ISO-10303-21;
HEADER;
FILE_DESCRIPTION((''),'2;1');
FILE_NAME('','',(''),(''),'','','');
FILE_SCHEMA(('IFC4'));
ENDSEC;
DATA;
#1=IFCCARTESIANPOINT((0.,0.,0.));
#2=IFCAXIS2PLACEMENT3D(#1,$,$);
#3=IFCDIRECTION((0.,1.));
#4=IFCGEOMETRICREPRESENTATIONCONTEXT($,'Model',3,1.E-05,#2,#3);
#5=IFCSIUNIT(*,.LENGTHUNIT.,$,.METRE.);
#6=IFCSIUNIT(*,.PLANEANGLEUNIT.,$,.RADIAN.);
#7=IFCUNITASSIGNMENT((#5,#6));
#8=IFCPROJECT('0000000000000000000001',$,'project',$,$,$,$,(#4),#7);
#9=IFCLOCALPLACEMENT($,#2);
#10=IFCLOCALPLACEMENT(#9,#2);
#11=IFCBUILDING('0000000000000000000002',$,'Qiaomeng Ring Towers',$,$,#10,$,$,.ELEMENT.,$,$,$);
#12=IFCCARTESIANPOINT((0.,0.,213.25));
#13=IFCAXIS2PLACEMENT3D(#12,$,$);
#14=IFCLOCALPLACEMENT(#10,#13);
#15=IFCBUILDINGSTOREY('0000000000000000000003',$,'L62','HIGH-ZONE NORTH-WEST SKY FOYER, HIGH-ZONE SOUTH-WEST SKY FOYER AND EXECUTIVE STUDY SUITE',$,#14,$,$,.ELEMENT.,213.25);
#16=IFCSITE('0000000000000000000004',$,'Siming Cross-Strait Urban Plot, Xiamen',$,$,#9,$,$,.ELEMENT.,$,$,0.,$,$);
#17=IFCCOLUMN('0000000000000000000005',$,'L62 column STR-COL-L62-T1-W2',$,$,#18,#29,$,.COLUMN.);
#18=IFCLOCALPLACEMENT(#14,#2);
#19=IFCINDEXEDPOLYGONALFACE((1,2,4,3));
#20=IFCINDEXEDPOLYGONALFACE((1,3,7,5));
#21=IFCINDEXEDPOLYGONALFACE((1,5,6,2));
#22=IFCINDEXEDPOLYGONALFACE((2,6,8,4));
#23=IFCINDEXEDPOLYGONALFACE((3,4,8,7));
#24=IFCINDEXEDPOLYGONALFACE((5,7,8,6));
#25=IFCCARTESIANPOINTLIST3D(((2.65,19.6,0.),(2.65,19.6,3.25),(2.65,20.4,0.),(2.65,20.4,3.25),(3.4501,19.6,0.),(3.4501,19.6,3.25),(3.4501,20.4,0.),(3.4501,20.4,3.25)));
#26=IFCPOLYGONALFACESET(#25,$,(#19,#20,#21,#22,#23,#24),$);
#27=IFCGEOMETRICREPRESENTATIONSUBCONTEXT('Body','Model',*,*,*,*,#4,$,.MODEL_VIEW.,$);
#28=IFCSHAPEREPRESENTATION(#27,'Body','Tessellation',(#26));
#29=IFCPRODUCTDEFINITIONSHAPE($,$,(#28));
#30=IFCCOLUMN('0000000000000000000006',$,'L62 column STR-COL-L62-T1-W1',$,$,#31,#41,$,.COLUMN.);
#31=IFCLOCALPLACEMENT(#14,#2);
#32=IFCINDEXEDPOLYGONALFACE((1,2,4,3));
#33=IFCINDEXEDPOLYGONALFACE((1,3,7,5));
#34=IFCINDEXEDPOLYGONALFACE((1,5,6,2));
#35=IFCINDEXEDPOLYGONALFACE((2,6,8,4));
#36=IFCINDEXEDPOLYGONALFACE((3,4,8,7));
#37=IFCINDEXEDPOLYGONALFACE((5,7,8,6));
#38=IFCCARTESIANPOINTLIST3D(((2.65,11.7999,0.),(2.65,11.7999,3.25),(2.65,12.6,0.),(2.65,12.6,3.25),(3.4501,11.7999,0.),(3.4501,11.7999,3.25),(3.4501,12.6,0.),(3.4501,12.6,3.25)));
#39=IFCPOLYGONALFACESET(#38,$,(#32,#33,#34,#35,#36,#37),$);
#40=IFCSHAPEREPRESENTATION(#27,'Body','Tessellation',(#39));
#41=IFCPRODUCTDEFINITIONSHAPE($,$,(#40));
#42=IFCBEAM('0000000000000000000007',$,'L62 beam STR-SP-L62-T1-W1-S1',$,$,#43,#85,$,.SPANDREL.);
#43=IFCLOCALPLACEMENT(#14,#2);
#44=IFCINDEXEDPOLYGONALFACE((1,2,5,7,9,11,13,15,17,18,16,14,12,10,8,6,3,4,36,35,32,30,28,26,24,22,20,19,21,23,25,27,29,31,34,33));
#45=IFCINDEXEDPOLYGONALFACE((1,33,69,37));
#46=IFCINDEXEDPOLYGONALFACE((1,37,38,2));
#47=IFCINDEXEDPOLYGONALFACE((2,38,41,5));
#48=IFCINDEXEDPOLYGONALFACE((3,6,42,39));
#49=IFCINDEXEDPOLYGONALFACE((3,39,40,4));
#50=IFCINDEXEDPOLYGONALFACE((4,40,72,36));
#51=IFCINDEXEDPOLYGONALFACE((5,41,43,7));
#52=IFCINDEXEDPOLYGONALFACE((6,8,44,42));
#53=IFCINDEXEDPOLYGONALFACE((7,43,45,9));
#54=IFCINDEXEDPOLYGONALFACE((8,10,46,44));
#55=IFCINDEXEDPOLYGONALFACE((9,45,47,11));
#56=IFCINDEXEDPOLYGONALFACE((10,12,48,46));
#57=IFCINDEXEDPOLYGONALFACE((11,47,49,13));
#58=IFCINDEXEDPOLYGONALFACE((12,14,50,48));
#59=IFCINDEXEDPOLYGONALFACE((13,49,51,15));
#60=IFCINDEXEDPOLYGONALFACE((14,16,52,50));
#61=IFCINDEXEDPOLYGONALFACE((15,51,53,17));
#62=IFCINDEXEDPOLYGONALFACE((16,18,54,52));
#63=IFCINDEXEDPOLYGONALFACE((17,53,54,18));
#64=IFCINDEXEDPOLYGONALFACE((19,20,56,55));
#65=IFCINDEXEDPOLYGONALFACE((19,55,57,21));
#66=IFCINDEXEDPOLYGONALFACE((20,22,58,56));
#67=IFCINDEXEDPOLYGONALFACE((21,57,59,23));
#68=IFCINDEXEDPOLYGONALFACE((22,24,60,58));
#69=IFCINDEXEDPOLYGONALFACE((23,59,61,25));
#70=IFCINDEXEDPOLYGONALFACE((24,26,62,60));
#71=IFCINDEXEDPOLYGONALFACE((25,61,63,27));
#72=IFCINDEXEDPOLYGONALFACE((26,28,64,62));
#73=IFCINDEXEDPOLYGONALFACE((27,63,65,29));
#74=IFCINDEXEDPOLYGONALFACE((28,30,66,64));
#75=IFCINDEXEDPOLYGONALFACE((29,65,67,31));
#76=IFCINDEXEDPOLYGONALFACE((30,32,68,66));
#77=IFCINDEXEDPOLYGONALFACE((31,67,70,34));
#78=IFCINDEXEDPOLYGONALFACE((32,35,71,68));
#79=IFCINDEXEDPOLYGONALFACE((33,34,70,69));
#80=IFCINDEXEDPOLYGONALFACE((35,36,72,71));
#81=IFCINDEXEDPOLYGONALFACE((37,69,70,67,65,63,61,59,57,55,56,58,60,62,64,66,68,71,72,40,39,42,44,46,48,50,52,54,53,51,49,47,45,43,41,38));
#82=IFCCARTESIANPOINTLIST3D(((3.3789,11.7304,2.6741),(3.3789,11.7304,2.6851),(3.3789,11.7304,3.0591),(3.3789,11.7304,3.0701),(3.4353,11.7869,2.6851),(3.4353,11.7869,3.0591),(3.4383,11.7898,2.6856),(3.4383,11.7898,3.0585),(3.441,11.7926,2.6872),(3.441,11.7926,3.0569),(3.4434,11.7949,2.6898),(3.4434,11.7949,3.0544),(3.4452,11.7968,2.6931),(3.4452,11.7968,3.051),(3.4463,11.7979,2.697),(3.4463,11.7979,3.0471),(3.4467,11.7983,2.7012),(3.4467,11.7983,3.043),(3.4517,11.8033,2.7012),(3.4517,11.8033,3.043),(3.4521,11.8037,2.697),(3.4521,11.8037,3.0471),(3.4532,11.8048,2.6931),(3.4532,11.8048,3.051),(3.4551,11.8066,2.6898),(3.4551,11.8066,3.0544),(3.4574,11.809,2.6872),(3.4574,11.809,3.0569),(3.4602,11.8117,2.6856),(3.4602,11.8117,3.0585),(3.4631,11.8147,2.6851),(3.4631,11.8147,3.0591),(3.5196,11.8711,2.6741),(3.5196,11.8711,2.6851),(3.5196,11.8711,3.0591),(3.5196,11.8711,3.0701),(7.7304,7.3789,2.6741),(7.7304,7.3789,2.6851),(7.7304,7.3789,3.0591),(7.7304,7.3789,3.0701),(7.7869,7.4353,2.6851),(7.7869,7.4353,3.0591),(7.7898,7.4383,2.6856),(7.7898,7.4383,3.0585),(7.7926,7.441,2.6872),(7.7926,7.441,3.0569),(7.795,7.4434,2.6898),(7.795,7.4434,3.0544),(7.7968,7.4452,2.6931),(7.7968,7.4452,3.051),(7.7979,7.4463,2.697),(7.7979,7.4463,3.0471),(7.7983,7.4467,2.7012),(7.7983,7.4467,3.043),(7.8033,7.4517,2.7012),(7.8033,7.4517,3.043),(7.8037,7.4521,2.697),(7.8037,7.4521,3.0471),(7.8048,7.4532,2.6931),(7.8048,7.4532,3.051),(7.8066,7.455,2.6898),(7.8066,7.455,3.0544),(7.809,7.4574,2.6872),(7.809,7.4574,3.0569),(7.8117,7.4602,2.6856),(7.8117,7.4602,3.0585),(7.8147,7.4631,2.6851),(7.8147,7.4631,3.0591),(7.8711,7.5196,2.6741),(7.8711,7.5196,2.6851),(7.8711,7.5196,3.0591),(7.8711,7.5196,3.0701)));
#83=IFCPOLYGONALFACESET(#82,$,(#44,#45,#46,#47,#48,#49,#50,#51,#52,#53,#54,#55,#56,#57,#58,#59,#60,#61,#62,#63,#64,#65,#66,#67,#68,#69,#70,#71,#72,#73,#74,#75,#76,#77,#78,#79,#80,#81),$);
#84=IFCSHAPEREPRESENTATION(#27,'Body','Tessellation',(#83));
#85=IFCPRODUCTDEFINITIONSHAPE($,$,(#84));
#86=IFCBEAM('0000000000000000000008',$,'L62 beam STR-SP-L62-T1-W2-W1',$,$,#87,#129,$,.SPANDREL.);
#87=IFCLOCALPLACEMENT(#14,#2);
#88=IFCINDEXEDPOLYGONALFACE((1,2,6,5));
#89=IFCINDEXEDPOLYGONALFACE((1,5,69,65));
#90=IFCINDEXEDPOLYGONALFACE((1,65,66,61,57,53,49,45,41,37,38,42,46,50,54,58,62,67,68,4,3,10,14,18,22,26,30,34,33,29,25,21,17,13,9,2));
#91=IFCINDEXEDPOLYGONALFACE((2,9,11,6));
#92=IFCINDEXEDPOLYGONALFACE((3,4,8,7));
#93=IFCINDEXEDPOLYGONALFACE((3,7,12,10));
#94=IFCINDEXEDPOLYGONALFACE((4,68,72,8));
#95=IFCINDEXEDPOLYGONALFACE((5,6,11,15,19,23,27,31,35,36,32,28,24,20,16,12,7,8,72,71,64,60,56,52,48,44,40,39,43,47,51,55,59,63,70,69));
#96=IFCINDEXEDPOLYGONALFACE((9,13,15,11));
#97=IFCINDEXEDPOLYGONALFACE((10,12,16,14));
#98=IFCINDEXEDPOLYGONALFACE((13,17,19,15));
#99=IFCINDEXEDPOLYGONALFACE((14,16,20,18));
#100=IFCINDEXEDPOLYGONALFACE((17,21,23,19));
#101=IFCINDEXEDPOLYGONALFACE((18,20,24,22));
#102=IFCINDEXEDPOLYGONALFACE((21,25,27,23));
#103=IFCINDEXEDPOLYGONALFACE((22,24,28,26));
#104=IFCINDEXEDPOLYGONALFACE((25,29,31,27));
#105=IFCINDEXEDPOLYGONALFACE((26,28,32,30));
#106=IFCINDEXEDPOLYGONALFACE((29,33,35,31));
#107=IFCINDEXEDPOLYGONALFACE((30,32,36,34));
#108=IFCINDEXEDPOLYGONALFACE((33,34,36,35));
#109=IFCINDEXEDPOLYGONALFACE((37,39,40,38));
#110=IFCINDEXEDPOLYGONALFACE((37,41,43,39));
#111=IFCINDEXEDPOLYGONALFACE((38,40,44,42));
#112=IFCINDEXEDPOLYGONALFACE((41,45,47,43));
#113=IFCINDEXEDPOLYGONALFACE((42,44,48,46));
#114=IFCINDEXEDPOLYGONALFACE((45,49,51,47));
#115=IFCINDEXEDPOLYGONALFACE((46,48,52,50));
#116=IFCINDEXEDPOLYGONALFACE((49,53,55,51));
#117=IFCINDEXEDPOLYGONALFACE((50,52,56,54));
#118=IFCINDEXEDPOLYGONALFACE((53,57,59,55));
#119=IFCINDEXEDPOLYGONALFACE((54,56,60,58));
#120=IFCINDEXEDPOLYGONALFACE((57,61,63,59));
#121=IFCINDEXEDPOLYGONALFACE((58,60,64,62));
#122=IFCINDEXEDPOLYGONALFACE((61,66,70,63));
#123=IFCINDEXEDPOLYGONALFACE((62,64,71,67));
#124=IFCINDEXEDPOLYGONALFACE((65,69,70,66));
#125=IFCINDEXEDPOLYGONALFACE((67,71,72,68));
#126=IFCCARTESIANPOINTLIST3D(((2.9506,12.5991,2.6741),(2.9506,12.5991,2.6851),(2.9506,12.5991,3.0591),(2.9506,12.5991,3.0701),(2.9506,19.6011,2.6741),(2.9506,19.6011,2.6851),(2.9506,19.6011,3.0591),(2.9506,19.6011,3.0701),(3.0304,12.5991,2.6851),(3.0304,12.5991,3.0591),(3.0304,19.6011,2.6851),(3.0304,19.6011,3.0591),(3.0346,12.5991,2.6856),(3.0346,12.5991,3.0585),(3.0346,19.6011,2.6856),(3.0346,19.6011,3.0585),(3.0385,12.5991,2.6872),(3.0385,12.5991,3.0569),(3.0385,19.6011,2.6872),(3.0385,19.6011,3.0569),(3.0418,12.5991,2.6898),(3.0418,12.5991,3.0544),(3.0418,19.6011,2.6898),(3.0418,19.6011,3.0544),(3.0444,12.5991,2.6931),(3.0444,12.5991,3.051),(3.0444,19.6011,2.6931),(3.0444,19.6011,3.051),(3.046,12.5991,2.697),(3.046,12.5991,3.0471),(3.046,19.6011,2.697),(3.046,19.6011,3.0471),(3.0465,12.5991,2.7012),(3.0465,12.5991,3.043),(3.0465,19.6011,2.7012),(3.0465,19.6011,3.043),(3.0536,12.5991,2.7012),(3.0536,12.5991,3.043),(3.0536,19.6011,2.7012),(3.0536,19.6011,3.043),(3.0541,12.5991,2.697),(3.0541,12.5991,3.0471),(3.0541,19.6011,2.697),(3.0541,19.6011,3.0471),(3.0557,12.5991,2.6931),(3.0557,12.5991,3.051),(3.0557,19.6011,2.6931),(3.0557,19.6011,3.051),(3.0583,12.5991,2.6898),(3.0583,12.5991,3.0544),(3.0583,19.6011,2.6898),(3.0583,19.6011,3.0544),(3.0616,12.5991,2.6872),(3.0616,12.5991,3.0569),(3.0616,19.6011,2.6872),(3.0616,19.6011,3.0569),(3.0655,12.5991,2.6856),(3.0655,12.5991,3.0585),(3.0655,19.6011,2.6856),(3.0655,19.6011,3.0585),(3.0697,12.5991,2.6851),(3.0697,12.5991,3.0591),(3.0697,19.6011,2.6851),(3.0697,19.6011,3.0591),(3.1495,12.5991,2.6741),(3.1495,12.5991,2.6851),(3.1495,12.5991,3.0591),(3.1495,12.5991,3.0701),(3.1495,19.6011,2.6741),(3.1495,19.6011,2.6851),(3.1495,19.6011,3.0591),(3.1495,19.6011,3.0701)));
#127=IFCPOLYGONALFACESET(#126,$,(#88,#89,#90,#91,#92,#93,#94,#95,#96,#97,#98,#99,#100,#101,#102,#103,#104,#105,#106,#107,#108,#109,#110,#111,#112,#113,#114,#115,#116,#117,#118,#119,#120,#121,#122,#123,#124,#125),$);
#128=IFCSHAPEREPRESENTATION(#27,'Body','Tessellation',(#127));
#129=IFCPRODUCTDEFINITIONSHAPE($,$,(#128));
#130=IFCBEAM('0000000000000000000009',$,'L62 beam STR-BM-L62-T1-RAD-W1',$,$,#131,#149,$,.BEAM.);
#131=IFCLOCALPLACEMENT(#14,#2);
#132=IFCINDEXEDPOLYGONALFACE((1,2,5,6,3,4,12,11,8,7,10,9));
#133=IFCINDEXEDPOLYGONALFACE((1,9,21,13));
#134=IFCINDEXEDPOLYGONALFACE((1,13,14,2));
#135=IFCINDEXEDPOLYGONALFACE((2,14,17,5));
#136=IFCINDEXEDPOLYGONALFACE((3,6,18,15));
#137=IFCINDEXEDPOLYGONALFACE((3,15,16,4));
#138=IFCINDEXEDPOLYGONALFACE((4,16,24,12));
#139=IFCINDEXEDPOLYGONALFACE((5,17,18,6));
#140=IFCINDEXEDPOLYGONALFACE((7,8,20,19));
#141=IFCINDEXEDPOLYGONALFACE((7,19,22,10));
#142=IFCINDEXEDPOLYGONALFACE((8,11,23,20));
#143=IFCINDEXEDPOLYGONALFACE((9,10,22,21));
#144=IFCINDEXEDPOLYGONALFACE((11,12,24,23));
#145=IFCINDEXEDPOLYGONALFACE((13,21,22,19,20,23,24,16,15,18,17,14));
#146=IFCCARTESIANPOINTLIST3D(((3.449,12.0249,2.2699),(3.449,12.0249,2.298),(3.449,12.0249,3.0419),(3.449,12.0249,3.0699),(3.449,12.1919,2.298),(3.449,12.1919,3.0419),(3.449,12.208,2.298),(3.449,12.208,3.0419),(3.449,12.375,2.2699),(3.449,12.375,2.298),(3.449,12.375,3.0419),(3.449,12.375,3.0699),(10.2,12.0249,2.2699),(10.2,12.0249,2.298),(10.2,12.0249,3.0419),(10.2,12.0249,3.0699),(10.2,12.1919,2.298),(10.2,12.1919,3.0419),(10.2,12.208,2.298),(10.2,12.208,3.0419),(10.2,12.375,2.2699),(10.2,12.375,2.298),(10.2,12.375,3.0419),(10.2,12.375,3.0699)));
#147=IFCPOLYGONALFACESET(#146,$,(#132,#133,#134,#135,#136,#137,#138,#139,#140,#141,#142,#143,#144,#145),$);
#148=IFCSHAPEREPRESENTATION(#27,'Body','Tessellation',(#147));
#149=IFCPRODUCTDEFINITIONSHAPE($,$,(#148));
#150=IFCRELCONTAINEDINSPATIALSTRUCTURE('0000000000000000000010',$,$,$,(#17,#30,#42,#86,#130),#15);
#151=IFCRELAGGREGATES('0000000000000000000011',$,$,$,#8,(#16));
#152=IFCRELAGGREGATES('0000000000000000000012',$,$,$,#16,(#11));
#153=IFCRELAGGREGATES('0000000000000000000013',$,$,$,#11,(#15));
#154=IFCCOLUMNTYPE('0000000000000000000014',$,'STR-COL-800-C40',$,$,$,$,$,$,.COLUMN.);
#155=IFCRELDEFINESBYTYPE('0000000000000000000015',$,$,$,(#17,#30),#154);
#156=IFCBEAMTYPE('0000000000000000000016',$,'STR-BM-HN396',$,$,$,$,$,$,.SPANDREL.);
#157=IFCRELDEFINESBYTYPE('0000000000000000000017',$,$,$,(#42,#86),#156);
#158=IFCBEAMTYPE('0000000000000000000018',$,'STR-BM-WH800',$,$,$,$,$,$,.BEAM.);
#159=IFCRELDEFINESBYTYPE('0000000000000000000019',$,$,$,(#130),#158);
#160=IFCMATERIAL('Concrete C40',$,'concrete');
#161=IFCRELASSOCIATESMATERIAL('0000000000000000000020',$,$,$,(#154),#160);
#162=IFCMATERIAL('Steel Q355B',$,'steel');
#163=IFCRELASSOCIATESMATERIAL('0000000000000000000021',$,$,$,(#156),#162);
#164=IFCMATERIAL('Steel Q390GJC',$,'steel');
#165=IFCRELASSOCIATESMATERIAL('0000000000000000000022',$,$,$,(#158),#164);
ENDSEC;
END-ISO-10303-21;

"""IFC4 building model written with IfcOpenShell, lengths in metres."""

from ifc_helpers import new_model, si_unit, direction, frame, origin, origin_2d, place, context, subcontext, project, spatial, rectangle, i_section, extrude, source, transform, mapped, material, material_profile, profile_set, type_object, element, save


model = new_model("IFC4")

# Units and contexts
model_context = context("Model", 3, precision=1e-05, world=origin(), true_north=direction((0.0, 1.0)))
body_context = subcontext(model_context, "Body", "Model", "MODEL_VIEW")
ifc_project = project(units=[si_unit("LENGTHUNIT", "METRE"), si_unit("PLANEANGLEUNIT", "RADIAN")], contexts=[model_context])

# Site, building, storey
site_placement = place(None, origin())
site = spatial("IfcSite", under=ifc_project, at=site_placement, Name="Siming Cross-Strait Urban Plot, Xiamen", CompositionType="ELEMENT", RefElevation=0.0)
building_placement = place(site_placement, origin())
building = spatial("IfcBuilding", under=site, at=building_placement, Name="Qiaomeng Ring Towers", CompositionType="ELEMENT")
storey_placement = place(building_placement, frame((0.0, 0.0, 213.25)))
storey = spatial("IfcBuildingStorey", under=building, at=storey_placement, Name="L62", Description="HIGH-ZONE NORTH-WEST SKY FOYER, HIGH-ZONE SOUTH-WEST SKY FOYER AND EXECUTIVE STUDY SUITE", CompositionType="ELEMENT", Elevation=213.25)

# Columns
ifc_material_1 = material(Name="Concrete C40", Category="concrete")
ifc_material_profile_1 = material_profile(ifc_material_1, rectangle(XDim=0.8, YDim=0.8, at=origin_2d()), Name="RC COL 800x800")
ifc_profile_set_1 = profile_set([ifc_material_profile_1], Name="Concrete C40")
column_type = type_object("IfcColumnType", Name="STR-COL-800-C40", PredefinedType="COLUMN", material=ifc_profile_set_1)
shared_shape_1 = source(origin(), body_context, "Body", "SweptSolid", [
    extrude(rectangle(XDim=0.8, YDim=0.8, at=origin_2d()), origin(), (0.0, 0.0, 1.0), 3.25),
])
for number, where, z_axis, x_axis, name in (
    (1, (3.05, 20.0, 0.0), (0.0, 0.0, 1.0), (1.0, 0.0, 0.0), "L62 column STR-COL-L62-T1-W2"),
    (2, (3.05, 12.2, 0.0), (0.0, 0.0, 1.0), (1.0, 0.0, 0.0), "L62 column STR-COL-L62-T1-W1"),
):
    element("IfcColumn", number, at=place(storey_placement, frame(where, z_axis=z_axis, x_axis=x_axis)), inside=storey, type_object=column_type, Name=name, PredefinedType="COLUMN", context=body_context, shape_type="MappedRepresentation", body=[
        mapped(shared_shape_1, transform((0.0, 0.0, 0.0), x_axis=(1.0, 0.0, 0.0), y_axis=(0.0, 1.0, 0.0), z_axis=(0.0, 0.0, 1.0), scale=1.0)),
    ])

# Beams
ifc_material_2 = material(Name="Steel Q355B", Category="steel")
ifc_material_profile_2 = material_profile(ifc_material_2, i_section(OverallWidth=0.199, OverallDepth=0.396, WebThickness=0.0071, FlangeThickness=0.011, FilletRadius=0.0161, at=origin_2d()), Name="HN 396x199x7x11")
ifc_profile_set_2 = profile_set([ifc_material_profile_2], Name="Steel Q355B")
beam_type_1 = type_object("IfcBeamType", Name="STR-BM-HN396", PredefinedType="SPANDREL", material=ifc_profile_set_2)
shared_shape_2 = source(origin(), body_context, "Body", "SweptSolid", [
    extrude(i_section(OverallWidth=0.199, OverallDepth=0.396, WebThickness=0.0071, FlangeThickness=0.011, FilletRadius=0.0161, at=origin_2d()), origin(), (0.0, 0.0, 1.0), 6.1541),
])
beam_1_placement = place(storey_placement, frame((3.4492, 11.8008, 2.8721), z_axis=(0.707107, -0.707107, 0.0), x_axis=(0.707107, 0.707107, 0.0)))
element("IfcBeam", 3, at=beam_1_placement, inside=storey, type_object=beam_type_1, Name="L62 beam STR-SP-L62-T1-W1-S1", PredefinedType="SPANDREL", context=body_context, shape_type="MappedRepresentation", body=[
    mapped(shared_shape_2, transform((0.0, 0.0, 0.0), x_axis=(1.0, 0.0, 0.0), y_axis=(0.0, 1.0, 0.0), z_axis=(0.0, 0.0, 1.0), scale=1.0)),
])
shared_shape_3 = source(origin(), body_context, "Body", "SweptSolid", [
    extrude(i_section(OverallWidth=0.199, OverallDepth=0.396, WebThickness=0.0071, FlangeThickness=0.011, FilletRadius=0.0161, at=origin_2d()), origin(), (0.0, 0.0, 1.0), 7.002),
])
beam_2_placement = place(storey_placement, frame((3.05, 19.6011, 2.8721), z_axis=(0.0, -1.0, 0.0), x_axis=(1.0, 0.0, 0.0)))
element("IfcBeam", 4, at=beam_2_placement, inside=storey, type_object=beam_type_1, Name="L62 beam STR-SP-L62-T1-W2-W1", PredefinedType="SPANDREL", context=body_context, shape_type="MappedRepresentation", body=[
    mapped(shared_shape_3, transform((0.0, 0.0, 0.0), x_axis=(1.0, 0.0, 0.0), y_axis=(0.0, 1.0, 0.0), z_axis=(0.0, 0.0, 1.0), scale=1.0)),
])
ifc_material_3 = material(Name="Steel Q390GJC", Category="steel")
ifc_material_profile_3 = material_profile(ifc_material_3, i_section(OverallWidth=0.3501, OverallDepth=0.8, WebThickness=0.0161, FlangeThickness=0.0281, at=origin_2d()), Name="WH 800x350x16x28")
ifc_profile_set_3 = profile_set([ifc_material_profile_3], Name="Steel Q390GJC")
beam_type_2 = type_object("IfcBeamType", Name="STR-BM-WH800", PredefinedType="BEAM", material=ifc_profile_set_3)
shared_shape_4 = source(origin(), body_context, "Body", "SweptSolid", [
    extrude(i_section(OverallWidth=0.3501, OverallDepth=0.8, WebThickness=0.0161, FlangeThickness=0.0281, at=origin_2d()), origin(), (0.0, 0.0, 1.0), 6.751),
])
beam_3_placement = place(storey_placement, frame((3.449, 12.2, 2.6699), z_axis=(1.0, 0.0, 0.0), x_axis=(0.0, 1.0, 0.0)))
element("IfcBeam", 5, at=beam_3_placement, inside=storey, type_object=beam_type_2, Name="L62 beam STR-BM-L62-T1-RAD-W1", PredefinedType="BEAM", context=body_context, shape_type="MappedRepresentation", body=[
    mapped(shared_shape_4, transform((0.0, 0.0, 0.0), x_axis=(1.0, 0.0, 0.0), y_axis=(0.0, 1.0, 0.0), z_axis=(0.0, 0.0, 1.0), scale=1.0)),
])

save(model, "model.ifc")
